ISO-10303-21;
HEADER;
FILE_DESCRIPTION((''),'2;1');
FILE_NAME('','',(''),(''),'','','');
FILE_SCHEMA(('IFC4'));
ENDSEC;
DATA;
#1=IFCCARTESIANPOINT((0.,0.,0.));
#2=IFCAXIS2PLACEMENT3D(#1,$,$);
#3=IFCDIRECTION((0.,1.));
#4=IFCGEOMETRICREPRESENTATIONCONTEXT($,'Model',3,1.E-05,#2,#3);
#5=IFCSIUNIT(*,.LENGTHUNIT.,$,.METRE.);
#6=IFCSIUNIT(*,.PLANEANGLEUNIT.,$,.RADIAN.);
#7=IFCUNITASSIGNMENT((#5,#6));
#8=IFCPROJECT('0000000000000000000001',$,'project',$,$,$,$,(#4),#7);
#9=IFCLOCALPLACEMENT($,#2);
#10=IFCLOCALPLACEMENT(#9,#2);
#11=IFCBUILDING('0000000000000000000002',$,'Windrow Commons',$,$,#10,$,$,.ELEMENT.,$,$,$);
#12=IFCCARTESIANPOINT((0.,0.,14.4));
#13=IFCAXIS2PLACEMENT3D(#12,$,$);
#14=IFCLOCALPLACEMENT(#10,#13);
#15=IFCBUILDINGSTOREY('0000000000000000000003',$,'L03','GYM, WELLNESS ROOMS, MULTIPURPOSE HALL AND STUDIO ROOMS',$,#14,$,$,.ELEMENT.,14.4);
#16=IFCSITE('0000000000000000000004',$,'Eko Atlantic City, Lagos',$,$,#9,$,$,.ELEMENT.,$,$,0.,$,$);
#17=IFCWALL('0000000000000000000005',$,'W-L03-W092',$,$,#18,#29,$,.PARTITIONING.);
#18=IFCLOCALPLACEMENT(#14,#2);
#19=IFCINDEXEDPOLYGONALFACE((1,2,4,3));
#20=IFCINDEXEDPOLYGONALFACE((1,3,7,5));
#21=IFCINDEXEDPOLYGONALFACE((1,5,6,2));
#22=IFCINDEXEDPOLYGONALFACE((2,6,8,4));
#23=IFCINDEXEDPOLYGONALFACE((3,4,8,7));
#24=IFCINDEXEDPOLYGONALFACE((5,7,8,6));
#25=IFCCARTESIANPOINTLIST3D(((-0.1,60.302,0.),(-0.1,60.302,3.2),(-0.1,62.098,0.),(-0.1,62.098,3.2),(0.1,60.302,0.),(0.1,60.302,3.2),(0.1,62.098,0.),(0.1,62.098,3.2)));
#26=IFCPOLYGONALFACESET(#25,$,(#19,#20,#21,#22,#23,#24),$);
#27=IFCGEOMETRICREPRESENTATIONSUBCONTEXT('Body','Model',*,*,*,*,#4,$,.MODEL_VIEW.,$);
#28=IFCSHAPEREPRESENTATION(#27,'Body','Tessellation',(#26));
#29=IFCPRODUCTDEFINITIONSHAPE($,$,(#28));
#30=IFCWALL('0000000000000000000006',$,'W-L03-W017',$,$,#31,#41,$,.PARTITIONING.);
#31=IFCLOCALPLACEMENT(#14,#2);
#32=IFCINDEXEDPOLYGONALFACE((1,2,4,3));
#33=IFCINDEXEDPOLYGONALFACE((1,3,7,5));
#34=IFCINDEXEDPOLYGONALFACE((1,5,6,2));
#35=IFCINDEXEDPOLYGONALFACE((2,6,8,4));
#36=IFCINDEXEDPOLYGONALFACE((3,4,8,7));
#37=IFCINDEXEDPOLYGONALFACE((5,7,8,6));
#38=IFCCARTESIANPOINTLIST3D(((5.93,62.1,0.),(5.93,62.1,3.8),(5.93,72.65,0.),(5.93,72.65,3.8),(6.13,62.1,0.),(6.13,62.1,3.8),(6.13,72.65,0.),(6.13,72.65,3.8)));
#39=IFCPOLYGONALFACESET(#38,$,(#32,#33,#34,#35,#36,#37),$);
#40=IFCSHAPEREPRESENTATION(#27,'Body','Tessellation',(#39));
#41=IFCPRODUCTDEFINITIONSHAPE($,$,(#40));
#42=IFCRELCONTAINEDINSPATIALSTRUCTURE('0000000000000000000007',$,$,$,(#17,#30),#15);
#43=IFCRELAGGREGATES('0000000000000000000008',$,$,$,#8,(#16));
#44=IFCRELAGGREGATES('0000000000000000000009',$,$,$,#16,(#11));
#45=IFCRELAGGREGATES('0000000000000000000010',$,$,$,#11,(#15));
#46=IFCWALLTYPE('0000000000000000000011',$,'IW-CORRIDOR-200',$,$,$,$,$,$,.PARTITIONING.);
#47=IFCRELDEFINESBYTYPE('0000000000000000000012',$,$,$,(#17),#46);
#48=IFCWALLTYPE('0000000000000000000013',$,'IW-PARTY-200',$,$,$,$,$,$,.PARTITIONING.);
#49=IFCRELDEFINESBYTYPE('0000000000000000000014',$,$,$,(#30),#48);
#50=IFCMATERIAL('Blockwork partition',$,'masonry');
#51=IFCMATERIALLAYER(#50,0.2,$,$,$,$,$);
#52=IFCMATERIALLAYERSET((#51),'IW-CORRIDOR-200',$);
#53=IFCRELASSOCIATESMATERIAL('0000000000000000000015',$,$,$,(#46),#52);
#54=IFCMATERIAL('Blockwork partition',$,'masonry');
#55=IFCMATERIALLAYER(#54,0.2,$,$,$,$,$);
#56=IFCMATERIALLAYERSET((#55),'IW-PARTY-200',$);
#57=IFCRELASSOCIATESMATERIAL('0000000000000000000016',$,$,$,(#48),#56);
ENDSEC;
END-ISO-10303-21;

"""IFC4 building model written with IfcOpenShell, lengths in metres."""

from ifc_helpers import new_model, si_unit, direction, frame, frame_2d, origin, place, context, subcontext, project, spatial, rectangle, extrude, material, layer, layer_set, type_object, element, save


model = new_model("IFC4")

# Units and contexts
model_context = context("Model", 3, precision=1e-05, world=origin(), true_north=direction((0.0, 1.0)))
body_context = subcontext(model_context, "Body", "Model", "MODEL_VIEW")
ifc_project = project(units=[si_unit("LENGTHUNIT", "METRE"), si_unit("PLANEANGLEUNIT", "RADIAN")], contexts=[model_context])

# Site, building, storey
site_placement = place(None, origin())
site = spatial("IfcSite", under=ifc_project, at=site_placement, Name="Eko Atlantic City, Lagos", CompositionType="ELEMENT", RefElevation=0.0)
building_placement = place(site_placement, origin())
building = spatial("IfcBuilding", under=site, at=building_placement, Name="Windrow Commons", CompositionType="ELEMENT")
storey_placement = place(building_placement, frame((0.0, 0.0, 14.4)))
storey = spatial("IfcBuildingStorey", under=building, at=storey_placement, Name="L03", Description="GYM, WELLNESS ROOMS, MULTIPURPOSE HALL AND STUDIO ROOMS", CompositionType="ELEMENT", Elevation=14.4)

# Shared definitions
ifc_material_1 = material(Name="Blockwork partition", Category="masonry")
ifc_layer_1 = layer(ifc_material_1, 0.2)
ifc_layer_set_1 = layer_set([ifc_layer_1], Name="IW-CORRIDOR-200")
wall_type_1 = type_object("IfcWallType", Name="IW-CORRIDOR-200", PredefinedType="PARTITIONING", material=ifc_layer_set_1)

# Walls
wall_1_placement = place(storey_placement, frame((0.0, 60.302, 0.0), z_axis=(0.0, 0.0, 1.0), x_axis=(0.0, 1.0, 0.0)))
element("IfcWall", 1, at=wall_1_placement, inside=storey, type_object=wall_type_1, Name="W-L03-W092", PredefinedType="PARTITIONING", context=body_context, shape_type="SweptSolid", body=[
    extrude(rectangle(XDim=1.796, YDim=0.2, at=frame_2d((0.898, 0.0))), origin(), (0.0, 0.0, 1.0), 3.2),
])
ifc_material_2 = material(Name="Blockwork partition", Category="masonry")
ifc_layer_2 = layer(ifc_material_2, 0.2)
ifc_layer_set_2 = layer_set([ifc_layer_2], Name="IW-PARTY-200")
wall_type_2 = type_object("IfcWallType", Name="IW-PARTY-200", PredefinedType="PARTITIONING", material=ifc_layer_set_2)
wall_2_placement = place(storey_placement, frame((6.03, 62.1, 0.0), z_axis=(0.0, 0.0, 1.0), x_axis=(0.0, 1.0, 0.0)))
element("IfcWall", 2, at=wall_2_placement, inside=storey, type_object=wall_type_2, Name="W-L03-W017", PredefinedType="PARTITIONING", context=body_context, shape_type="SweptSolid", body=[
    extrude(rectangle(XDim=10.55, YDim=0.2, at=frame_2d((5.275, 0.0))), origin(), (0.0, 0.0, 1.0), 3.8),
])

save(model, "model.ifc")
